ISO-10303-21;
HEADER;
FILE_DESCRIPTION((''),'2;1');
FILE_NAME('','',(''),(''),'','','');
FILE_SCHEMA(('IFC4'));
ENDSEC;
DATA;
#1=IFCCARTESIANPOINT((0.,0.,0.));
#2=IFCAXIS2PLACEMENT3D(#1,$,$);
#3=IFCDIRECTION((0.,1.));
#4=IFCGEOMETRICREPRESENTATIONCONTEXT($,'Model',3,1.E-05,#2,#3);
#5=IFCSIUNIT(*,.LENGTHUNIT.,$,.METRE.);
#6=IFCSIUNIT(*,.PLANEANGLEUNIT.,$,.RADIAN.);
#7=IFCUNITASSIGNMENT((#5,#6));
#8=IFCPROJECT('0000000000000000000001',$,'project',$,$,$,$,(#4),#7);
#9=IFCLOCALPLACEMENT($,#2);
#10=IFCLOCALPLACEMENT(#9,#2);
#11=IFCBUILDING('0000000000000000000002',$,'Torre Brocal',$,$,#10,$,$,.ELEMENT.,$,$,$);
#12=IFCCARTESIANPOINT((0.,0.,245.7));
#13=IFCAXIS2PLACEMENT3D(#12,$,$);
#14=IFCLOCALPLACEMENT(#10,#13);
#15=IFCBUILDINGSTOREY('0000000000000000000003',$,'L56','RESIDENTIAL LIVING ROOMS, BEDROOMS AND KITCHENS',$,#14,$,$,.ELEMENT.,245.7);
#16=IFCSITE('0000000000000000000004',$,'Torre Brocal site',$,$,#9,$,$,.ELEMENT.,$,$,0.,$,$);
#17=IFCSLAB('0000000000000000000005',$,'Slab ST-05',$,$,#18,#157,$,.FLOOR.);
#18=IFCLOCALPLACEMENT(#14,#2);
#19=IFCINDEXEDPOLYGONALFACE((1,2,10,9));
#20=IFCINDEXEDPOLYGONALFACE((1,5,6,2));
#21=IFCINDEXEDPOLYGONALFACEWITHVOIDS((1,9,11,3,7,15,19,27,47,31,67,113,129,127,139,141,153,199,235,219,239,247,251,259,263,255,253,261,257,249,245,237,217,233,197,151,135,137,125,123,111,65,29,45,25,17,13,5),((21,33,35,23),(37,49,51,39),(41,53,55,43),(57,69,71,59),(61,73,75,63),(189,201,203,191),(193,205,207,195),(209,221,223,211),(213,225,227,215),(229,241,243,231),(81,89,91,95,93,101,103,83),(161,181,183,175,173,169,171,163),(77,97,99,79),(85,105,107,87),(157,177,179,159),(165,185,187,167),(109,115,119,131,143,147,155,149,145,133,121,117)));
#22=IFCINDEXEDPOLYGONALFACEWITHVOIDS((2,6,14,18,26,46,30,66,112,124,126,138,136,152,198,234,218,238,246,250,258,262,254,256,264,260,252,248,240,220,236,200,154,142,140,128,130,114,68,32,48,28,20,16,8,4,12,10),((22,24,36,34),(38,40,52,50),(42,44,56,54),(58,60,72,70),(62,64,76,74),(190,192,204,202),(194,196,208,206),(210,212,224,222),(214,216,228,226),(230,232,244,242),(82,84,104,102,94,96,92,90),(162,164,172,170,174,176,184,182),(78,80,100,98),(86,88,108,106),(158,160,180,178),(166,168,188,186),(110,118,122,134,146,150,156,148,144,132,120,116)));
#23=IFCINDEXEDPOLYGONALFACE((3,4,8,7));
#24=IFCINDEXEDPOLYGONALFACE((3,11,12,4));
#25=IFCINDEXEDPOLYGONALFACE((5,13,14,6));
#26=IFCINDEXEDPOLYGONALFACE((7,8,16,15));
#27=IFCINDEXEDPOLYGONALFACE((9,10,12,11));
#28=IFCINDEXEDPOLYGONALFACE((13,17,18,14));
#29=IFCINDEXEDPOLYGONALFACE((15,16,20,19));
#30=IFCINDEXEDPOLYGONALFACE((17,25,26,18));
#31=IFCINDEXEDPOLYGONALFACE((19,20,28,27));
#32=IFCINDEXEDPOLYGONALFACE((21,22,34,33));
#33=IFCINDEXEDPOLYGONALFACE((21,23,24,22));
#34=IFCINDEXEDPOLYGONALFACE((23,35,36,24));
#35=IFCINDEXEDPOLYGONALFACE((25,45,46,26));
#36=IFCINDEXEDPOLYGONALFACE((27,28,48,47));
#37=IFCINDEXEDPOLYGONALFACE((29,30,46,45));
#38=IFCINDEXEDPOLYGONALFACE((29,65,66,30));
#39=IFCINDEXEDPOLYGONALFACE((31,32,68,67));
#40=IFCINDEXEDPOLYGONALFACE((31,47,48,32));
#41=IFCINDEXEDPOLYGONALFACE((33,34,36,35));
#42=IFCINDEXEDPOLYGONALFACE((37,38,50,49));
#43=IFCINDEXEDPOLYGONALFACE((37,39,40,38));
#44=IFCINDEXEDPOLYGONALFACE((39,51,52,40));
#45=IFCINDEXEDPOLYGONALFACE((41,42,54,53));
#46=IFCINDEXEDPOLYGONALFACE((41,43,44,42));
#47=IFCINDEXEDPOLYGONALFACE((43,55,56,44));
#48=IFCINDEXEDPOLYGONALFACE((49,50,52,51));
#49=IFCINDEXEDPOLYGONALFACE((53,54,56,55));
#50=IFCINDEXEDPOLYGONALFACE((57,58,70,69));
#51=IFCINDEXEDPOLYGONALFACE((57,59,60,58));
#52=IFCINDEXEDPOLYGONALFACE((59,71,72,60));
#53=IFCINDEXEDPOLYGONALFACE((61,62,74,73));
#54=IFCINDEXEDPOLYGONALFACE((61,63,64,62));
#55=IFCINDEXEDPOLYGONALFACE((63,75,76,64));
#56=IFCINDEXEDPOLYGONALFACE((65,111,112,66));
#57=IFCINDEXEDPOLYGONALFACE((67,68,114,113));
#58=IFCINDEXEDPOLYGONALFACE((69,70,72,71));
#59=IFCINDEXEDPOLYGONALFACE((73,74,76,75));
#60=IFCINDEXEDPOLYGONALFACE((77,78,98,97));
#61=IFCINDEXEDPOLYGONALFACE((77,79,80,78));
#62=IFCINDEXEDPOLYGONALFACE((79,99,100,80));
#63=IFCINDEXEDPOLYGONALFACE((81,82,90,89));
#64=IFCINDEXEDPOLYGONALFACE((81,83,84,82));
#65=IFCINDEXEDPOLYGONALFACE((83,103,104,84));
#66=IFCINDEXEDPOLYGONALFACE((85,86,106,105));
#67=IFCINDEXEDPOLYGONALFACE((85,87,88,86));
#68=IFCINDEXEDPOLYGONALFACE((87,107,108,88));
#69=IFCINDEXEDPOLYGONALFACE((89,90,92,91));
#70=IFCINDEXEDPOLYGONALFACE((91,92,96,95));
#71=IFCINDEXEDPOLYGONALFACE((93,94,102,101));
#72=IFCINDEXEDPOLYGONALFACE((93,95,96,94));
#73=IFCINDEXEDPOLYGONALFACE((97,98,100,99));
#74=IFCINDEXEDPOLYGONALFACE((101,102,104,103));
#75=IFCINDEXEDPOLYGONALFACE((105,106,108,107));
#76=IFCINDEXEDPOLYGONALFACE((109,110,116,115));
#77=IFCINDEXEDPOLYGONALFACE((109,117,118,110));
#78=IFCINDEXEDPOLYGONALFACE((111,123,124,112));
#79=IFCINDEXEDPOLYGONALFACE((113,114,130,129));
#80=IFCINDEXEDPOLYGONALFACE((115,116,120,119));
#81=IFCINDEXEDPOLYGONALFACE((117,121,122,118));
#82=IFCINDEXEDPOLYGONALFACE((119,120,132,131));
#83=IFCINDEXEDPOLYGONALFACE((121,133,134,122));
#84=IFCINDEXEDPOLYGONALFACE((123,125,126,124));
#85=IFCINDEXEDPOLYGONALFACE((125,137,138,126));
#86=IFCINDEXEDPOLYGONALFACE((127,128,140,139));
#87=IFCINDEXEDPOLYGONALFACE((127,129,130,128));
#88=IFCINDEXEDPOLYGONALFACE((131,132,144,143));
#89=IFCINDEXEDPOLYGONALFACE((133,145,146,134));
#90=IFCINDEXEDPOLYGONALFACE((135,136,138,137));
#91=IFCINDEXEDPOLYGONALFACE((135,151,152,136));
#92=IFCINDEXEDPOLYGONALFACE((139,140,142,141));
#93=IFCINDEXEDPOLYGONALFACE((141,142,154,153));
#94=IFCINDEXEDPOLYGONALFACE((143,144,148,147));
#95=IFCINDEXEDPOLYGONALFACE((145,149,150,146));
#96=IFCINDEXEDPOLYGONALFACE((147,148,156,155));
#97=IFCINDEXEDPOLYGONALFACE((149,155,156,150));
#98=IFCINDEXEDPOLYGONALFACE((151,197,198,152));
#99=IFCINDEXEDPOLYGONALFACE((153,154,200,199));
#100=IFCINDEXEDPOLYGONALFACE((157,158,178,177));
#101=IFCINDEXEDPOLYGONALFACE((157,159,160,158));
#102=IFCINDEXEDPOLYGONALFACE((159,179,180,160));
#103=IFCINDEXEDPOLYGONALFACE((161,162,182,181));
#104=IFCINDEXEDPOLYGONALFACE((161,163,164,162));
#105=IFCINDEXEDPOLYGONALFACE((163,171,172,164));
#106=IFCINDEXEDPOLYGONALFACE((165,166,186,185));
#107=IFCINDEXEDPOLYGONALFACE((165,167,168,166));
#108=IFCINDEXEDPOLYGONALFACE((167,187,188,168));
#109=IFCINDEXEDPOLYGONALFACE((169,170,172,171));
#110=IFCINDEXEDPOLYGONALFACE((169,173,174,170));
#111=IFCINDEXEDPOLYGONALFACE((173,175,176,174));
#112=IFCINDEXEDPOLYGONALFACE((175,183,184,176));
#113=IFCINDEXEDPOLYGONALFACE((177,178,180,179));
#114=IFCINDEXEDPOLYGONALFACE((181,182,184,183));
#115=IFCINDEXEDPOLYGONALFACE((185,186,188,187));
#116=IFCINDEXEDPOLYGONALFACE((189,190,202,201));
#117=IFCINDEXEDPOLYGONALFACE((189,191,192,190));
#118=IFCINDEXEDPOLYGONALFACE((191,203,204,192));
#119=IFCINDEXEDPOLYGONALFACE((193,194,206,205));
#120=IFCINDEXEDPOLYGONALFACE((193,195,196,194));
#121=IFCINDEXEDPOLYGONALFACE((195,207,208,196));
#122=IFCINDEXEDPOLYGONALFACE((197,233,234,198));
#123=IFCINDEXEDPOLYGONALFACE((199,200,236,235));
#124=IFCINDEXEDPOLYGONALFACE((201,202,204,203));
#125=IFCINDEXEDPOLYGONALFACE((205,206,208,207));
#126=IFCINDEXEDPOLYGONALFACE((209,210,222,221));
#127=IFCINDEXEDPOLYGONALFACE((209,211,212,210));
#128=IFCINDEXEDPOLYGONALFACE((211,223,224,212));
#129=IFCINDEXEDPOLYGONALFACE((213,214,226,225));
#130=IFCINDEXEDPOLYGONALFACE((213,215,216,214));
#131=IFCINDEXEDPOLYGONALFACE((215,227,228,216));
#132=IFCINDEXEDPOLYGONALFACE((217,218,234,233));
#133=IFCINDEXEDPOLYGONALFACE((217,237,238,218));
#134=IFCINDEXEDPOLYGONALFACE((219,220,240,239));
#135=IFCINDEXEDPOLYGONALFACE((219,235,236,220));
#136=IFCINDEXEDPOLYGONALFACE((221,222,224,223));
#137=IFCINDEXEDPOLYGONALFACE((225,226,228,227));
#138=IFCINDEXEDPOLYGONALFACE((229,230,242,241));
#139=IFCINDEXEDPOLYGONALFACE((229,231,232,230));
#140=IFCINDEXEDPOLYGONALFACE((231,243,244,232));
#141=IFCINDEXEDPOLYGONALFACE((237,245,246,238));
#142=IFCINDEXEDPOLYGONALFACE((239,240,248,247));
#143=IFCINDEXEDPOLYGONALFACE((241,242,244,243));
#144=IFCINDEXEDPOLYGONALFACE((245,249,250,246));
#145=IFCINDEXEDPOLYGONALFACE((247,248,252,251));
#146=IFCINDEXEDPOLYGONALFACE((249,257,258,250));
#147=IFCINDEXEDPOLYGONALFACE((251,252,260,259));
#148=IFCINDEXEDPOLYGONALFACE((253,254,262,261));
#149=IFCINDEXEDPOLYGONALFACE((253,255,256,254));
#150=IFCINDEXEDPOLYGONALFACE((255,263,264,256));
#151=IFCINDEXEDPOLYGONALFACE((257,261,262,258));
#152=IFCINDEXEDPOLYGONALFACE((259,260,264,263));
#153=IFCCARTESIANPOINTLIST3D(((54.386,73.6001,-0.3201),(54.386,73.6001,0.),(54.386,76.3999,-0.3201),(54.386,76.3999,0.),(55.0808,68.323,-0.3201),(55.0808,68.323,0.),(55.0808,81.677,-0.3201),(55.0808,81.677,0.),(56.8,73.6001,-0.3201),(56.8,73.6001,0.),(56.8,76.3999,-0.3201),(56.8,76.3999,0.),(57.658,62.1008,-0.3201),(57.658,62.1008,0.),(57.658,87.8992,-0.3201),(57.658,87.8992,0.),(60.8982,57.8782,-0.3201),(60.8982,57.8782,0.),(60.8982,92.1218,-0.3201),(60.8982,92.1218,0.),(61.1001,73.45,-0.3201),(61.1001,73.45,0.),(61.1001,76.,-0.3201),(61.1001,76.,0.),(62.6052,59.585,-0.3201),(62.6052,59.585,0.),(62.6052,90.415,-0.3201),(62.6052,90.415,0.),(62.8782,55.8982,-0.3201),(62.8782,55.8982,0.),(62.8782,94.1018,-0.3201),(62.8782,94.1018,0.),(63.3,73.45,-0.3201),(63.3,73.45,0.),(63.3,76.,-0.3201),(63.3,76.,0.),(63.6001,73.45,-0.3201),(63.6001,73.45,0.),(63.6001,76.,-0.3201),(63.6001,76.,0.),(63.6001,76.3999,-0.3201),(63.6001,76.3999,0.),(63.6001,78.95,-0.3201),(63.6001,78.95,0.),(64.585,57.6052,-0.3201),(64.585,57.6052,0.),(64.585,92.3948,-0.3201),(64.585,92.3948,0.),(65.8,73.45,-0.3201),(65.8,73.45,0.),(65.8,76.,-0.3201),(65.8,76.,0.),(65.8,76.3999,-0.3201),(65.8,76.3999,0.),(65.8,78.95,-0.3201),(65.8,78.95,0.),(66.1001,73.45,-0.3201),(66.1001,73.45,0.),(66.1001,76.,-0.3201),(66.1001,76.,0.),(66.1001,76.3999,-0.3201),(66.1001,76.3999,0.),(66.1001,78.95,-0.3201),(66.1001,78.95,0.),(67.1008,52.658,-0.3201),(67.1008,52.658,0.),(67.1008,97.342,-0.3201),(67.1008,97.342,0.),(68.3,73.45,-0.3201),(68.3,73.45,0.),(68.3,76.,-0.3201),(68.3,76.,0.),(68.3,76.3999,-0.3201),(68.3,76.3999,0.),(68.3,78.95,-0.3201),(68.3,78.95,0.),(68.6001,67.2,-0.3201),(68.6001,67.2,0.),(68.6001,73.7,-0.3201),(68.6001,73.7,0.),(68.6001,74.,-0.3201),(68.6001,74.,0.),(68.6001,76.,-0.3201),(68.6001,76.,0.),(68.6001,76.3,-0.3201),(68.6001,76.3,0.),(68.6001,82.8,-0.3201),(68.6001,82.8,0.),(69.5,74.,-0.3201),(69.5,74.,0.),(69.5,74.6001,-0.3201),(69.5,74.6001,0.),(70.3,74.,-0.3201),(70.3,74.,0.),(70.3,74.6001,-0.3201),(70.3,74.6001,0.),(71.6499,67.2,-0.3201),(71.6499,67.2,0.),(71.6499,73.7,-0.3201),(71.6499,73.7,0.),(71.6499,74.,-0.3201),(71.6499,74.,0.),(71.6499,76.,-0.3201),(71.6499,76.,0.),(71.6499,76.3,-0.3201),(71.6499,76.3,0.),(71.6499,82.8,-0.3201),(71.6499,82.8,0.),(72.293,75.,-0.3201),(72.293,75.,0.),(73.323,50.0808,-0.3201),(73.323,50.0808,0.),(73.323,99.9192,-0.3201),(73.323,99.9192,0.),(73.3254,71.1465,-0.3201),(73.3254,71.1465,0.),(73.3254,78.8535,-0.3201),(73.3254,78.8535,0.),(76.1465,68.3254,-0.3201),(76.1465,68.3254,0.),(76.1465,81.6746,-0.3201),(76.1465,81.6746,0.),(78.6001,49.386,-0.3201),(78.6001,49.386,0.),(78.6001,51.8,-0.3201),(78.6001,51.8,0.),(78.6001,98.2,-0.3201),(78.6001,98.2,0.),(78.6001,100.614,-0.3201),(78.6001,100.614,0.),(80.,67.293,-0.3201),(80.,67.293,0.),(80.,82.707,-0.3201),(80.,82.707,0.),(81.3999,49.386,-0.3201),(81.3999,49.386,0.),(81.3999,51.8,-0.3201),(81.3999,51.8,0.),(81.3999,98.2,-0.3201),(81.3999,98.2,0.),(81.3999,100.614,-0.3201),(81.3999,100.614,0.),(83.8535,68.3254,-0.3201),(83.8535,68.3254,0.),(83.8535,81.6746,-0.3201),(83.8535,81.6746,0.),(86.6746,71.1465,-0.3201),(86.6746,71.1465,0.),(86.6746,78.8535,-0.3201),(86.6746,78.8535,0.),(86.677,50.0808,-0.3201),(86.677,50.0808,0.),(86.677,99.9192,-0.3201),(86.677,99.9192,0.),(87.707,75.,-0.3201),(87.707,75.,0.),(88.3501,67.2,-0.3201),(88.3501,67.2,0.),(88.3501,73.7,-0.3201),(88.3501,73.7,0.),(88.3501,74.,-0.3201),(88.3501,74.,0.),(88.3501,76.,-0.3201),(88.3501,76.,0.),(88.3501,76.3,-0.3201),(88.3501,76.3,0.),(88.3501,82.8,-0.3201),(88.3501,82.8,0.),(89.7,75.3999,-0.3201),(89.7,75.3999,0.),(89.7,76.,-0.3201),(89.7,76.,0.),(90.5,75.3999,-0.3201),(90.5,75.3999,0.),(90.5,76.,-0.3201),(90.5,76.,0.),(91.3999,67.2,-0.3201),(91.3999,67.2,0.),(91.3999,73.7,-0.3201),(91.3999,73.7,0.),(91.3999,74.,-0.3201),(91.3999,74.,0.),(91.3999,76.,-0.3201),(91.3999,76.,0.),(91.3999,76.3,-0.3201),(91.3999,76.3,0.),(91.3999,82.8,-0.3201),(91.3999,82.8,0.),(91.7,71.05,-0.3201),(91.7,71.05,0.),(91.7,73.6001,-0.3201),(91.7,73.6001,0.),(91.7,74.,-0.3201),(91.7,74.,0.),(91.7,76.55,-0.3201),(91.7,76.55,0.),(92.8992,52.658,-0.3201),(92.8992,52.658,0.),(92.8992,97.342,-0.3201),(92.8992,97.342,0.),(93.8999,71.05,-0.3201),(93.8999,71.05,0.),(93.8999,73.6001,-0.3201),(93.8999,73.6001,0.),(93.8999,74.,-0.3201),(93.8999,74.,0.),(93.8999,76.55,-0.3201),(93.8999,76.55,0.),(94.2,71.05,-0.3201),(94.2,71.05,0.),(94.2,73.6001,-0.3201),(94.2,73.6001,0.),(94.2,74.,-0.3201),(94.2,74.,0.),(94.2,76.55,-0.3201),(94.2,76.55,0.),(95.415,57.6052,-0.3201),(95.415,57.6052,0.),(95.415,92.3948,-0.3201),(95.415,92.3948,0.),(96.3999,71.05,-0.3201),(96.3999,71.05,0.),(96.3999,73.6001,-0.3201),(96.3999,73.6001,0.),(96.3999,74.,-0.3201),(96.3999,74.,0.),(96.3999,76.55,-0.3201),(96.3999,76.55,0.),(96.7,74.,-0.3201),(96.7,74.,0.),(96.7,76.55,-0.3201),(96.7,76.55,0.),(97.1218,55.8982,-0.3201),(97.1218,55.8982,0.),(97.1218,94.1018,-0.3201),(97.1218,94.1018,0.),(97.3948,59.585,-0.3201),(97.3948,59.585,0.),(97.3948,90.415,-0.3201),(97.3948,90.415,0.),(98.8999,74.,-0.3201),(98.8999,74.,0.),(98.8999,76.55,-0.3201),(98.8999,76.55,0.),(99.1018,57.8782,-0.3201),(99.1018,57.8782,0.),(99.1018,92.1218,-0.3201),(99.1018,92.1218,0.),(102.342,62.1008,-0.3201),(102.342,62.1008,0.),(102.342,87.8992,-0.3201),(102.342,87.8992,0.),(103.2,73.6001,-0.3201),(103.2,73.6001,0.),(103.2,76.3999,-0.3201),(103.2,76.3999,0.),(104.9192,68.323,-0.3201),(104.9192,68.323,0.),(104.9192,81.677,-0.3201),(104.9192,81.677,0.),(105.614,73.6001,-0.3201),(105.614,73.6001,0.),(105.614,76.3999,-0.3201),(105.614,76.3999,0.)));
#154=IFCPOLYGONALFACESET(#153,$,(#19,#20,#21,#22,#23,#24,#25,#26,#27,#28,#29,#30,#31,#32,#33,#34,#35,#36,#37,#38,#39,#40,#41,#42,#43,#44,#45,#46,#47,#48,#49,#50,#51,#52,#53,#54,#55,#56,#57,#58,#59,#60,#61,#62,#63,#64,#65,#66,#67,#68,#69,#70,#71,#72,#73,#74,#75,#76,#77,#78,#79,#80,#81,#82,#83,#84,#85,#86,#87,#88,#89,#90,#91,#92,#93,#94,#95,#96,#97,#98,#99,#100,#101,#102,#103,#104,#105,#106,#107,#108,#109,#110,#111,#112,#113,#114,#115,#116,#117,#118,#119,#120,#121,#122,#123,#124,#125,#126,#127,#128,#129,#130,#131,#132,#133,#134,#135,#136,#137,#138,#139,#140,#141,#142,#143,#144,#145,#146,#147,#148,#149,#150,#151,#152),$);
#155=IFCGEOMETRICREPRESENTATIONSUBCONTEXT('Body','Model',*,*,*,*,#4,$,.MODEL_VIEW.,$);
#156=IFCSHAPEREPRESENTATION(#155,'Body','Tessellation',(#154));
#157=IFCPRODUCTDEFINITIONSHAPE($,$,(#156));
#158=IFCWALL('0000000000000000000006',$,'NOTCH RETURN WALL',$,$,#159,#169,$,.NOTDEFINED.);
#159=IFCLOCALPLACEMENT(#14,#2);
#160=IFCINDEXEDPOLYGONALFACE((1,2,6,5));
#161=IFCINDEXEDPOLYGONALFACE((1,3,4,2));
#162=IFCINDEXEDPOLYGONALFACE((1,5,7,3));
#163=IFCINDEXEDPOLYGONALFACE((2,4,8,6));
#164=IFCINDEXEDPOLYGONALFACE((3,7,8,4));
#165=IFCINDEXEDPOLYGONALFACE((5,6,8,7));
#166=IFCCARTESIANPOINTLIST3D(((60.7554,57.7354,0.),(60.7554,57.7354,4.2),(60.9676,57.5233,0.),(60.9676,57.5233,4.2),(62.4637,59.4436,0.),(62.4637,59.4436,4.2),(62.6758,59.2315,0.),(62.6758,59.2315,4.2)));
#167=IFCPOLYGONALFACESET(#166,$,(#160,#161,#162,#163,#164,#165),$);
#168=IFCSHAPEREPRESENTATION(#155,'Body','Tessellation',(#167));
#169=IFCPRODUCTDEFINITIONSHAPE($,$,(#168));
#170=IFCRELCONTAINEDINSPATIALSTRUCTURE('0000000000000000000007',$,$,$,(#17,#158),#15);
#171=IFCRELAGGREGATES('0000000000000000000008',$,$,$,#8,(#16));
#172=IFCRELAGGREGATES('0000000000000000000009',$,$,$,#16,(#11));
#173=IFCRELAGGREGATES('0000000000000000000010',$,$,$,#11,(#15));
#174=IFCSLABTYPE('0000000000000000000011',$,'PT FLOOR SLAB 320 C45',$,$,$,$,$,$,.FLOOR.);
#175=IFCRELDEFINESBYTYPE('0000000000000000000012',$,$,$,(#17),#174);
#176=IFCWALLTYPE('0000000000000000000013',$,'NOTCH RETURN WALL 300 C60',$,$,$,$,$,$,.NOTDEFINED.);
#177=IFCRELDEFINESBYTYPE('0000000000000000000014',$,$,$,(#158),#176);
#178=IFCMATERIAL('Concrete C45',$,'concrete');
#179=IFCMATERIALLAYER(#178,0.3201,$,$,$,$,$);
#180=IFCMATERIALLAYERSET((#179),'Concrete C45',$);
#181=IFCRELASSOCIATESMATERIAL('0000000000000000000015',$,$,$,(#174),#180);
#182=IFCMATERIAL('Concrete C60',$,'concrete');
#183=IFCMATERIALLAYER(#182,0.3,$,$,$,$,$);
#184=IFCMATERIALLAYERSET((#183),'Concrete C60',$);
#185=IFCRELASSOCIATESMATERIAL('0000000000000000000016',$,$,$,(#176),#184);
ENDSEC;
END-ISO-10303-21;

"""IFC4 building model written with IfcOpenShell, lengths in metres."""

from ifc_helpers import new_model, si_unit, direction, frame, frame_2d, origin, place, context, subcontext, project, spatial, polyline, rectangle, outline, extrude, material, layer, layer_set, type_object, element, save


model = new_model("IFC4")

# Units and contexts
model_context = context("Model", 3, precision=1e-05, world=origin(), true_north=direction((0.0, 1.0)))
body_context = subcontext(model_context, "Body", "Model", "MODEL_VIEW")
ifc_project = project(units=[si_unit("LENGTHUNIT", "METRE"), si_unit("PLANEANGLEUNIT", "RADIAN")], contexts=[model_context])

# Site, building, storey
site_placement = place(None, origin())
site = spatial("IfcSite", under=ifc_project, at=site_placement, Name="Torre Brocal site", CompositionType="ELEMENT", RefElevation=0.0)
building_placement = place(site_placement, origin())
building = spatial("IfcBuilding", under=site, at=building_placement, Name="Torre Brocal", CompositionType="ELEMENT")
storey_placement = place(building_placement, frame((0.0, 0.0, 245.7)))
storey = spatial("IfcBuildingStorey", under=building, at=storey_placement, Name="L56", Description="RESIDENTIAL LIVING ROOMS, BEDROOMS AND KITCHENS", CompositionType="ELEMENT", Elevation=245.7)

# Slab
ifc_material_1 = material(Name="Concrete C45", Category="concrete")
ifc_layer_1 = layer(ifc_material_1, 0.3201)
ifc_layer_set_1 = layer_set([ifc_layer_1], Name="Concrete C45")
slab_type_1 = type_object("IfcSlabType", Name="PT FLOOR SLAB 320 C45", PredefinedType="FLOOR", material=ifc_layer_set_1)
slab_1_placement = place(storey_placement, frame((0.0, 0.0, -0.3201)))
element("IfcSlab", 1, at=slab_1_placement, inside=storey, type_object=slab_type_1, Name="Slab ST-05", PredefinedType="FLOOR", context=body_context, shape_type="SweptSolid", body=[
    extrude(outline(polyline([(103.2, 76.3999), (103.2, 73.6001), (105.614, 73.6001), (104.9192, 68.323), (102.342, 62.1008), (99.1018, 57.8782), (97.3948, 59.585), (95.415, 57.6052), (97.1218, 55.8982), (92.8992, 52.658), (86.677, 50.0808), (81.3999, 49.386), (81.3999, 51.8), (78.6001, 51.8), (78.6001, 49.386), (73.323, 50.0808), (67.1008, 52.658), (62.8782, 55.8982), (64.585, 57.6052), (62.6052, 59.585), (60.8982, 57.8782), (57.658, 62.1008), (55.0808, 68.323), (54.386, 73.6001), (56.8, 73.6001), (56.8, 76.3999), (54.386, 76.3999), (55.0808, 81.677), (57.658, 87.8992), (60.8982, 92.1218), (62.6052, 90.415), (64.585, 92.3948), (62.8782, 94.1018), (67.1008, 97.342), (73.323, 99.9192), (78.6001, 100.614), (78.6001, 98.2), (81.3999, 98.2), (81.3999, 100.614), (86.677, 99.9192), (92.8992, 97.342), (97.1218, 94.1018), (95.415, 92.3948), (97.3948, 90.415), (99.1018, 92.1218), (102.342, 87.8992), (104.9192, 81.677), (105.614, 76.3999), (103.2, 76.3999)]), holes=[polyline([(98.8999, 76.55), (96.7, 76.55), (96.7, 74.0), (98.8999, 74.0), (98.8999, 76.55)]), polyline([(96.3999, 76.55), (94.2, 76.55), (94.2, 74.0), (96.3999, 74.0), (96.3999, 76.55)]), polyline([(96.3999, 73.6001), (94.2, 73.6001), (94.2, 71.05), (96.3999, 71.05), (96.3999, 73.6001)]), polyline([(93.8999, 76.55), (91.7, 76.55), (91.7, 74.0), (93.8999, 74.0), (93.8999, 76.55)]), polyline([(93.8999, 73.6001), (91.7, 73.6001), (91.7, 71.05), (93.8999, 71.05), (93.8999, 73.6001)]), polyline([(89.7, 76.0), (88.3501, 76.0), (88.3501, 74.0), (91.3999, 74.0), (91.3999, 76.0), (90.5, 76.0), (90.5, 75.3999), (89.7, 75.3999), (89.7, 76.0)]), polyline([(91.3999, 82.8), (88.3501, 82.8), (88.3501, 76.3), (91.3999, 76.3), (91.3999, 82.8)]), polyline([(91.3999, 73.7), (88.3501, 73.7), (88.3501, 67.2), (91.3999, 67.2), (91.3999, 73.7)]), polyline([(80.0, 82.707), (76.1465, 81.6746), (73.3254, 78.8535), (72.293, 75.0), (73.3254, 71.1465), (76.1465, 68.3254), (80.0, 67.293), (83.8535, 68.3254), (86.6746, 71.1465), (87.707, 75.0), (86.6746, 78.8535), (83.8535, 81.6746), (80.0, 82.707)]), polyline([(70.3, 74.0), (71.6499, 74.0), (71.6499, 76.0), (68.6001, 76.0), (68.6001, 74.0), (69.5, 74.0), (69.5, 74.6001), (70.3, 74.6001), (70.3, 74.0)]), polyline([(68.6001, 76.3), (71.6499, 76.3), (71.6499, 82.8), (68.6001, 82.8), (68.6001, 76.3)]), polyline([(68.6001, 67.2), (71.6499, 67.2), (71.6499, 73.7), (68.6001, 73.7), (68.6001, 67.2)]), polyline([(66.1001, 76.3999), (68.3, 76.3999), (68.3, 78.95), (66.1001, 78.95), (66.1001, 76.3999)]), polyline([(66.1001, 73.45), (68.3, 73.45), (68.3, 76.0), (66.1001, 76.0), (66.1001, 73.45)]), polyline([(63.6001, 76.3999), (65.8, 76.3999), (65.8, 78.95), (63.6001, 78.95), (63.6001, 76.3999)]), polyline([(63.6001, 73.45), (65.8, 73.45), (65.8, 76.0), (63.6001, 76.0), (63.6001, 73.45)]), polyline([(61.1001, 73.45), (63.3, 73.45), (63.3, 76.0), (61.1001, 76.0), (61.1001, 73.45)])]), origin(), (0.0, 0.0, 1.0), 0.3201),
])

# Wall
ifc_material_2 = material(Name="Concrete C60", Category="concrete")
ifc_layer_2 = layer(ifc_material_2, 0.3)
ifc_layer_set_2 = layer_set([ifc_layer_2], Name="Concrete C60")
wall_type_1 = type_object("IfcWallType", Name="NOTCH RETURN WALL 300 C60", PredefinedType="NOTDEFINED", material=ifc_layer_set_2)
for number, where, z_axis, x_axis, name in (
    (2, (62.5698, 59.3376, 0.0), (0.0, 0.0, 1.0), (-0.707107, -0.707107, 0.0), "NOTCH RETURN WALL"),
):
    element("IfcWall", number, at=place(storey_placement, frame(where, z_axis=z_axis, x_axis=x_axis)), inside=storey, type_object=wall_type_1, Name=name, PredefinedType="NOTDEFINED", context=body_context, shape_type="SweptSolid", body=[
        extrude(rectangle(XDim=2.4158, YDim=0.3, at=frame_2d((1.208, 0.0))), origin(), (0.0, 0.0, 1.0), 4.2),
    ])

save(model, "model.ifc")
